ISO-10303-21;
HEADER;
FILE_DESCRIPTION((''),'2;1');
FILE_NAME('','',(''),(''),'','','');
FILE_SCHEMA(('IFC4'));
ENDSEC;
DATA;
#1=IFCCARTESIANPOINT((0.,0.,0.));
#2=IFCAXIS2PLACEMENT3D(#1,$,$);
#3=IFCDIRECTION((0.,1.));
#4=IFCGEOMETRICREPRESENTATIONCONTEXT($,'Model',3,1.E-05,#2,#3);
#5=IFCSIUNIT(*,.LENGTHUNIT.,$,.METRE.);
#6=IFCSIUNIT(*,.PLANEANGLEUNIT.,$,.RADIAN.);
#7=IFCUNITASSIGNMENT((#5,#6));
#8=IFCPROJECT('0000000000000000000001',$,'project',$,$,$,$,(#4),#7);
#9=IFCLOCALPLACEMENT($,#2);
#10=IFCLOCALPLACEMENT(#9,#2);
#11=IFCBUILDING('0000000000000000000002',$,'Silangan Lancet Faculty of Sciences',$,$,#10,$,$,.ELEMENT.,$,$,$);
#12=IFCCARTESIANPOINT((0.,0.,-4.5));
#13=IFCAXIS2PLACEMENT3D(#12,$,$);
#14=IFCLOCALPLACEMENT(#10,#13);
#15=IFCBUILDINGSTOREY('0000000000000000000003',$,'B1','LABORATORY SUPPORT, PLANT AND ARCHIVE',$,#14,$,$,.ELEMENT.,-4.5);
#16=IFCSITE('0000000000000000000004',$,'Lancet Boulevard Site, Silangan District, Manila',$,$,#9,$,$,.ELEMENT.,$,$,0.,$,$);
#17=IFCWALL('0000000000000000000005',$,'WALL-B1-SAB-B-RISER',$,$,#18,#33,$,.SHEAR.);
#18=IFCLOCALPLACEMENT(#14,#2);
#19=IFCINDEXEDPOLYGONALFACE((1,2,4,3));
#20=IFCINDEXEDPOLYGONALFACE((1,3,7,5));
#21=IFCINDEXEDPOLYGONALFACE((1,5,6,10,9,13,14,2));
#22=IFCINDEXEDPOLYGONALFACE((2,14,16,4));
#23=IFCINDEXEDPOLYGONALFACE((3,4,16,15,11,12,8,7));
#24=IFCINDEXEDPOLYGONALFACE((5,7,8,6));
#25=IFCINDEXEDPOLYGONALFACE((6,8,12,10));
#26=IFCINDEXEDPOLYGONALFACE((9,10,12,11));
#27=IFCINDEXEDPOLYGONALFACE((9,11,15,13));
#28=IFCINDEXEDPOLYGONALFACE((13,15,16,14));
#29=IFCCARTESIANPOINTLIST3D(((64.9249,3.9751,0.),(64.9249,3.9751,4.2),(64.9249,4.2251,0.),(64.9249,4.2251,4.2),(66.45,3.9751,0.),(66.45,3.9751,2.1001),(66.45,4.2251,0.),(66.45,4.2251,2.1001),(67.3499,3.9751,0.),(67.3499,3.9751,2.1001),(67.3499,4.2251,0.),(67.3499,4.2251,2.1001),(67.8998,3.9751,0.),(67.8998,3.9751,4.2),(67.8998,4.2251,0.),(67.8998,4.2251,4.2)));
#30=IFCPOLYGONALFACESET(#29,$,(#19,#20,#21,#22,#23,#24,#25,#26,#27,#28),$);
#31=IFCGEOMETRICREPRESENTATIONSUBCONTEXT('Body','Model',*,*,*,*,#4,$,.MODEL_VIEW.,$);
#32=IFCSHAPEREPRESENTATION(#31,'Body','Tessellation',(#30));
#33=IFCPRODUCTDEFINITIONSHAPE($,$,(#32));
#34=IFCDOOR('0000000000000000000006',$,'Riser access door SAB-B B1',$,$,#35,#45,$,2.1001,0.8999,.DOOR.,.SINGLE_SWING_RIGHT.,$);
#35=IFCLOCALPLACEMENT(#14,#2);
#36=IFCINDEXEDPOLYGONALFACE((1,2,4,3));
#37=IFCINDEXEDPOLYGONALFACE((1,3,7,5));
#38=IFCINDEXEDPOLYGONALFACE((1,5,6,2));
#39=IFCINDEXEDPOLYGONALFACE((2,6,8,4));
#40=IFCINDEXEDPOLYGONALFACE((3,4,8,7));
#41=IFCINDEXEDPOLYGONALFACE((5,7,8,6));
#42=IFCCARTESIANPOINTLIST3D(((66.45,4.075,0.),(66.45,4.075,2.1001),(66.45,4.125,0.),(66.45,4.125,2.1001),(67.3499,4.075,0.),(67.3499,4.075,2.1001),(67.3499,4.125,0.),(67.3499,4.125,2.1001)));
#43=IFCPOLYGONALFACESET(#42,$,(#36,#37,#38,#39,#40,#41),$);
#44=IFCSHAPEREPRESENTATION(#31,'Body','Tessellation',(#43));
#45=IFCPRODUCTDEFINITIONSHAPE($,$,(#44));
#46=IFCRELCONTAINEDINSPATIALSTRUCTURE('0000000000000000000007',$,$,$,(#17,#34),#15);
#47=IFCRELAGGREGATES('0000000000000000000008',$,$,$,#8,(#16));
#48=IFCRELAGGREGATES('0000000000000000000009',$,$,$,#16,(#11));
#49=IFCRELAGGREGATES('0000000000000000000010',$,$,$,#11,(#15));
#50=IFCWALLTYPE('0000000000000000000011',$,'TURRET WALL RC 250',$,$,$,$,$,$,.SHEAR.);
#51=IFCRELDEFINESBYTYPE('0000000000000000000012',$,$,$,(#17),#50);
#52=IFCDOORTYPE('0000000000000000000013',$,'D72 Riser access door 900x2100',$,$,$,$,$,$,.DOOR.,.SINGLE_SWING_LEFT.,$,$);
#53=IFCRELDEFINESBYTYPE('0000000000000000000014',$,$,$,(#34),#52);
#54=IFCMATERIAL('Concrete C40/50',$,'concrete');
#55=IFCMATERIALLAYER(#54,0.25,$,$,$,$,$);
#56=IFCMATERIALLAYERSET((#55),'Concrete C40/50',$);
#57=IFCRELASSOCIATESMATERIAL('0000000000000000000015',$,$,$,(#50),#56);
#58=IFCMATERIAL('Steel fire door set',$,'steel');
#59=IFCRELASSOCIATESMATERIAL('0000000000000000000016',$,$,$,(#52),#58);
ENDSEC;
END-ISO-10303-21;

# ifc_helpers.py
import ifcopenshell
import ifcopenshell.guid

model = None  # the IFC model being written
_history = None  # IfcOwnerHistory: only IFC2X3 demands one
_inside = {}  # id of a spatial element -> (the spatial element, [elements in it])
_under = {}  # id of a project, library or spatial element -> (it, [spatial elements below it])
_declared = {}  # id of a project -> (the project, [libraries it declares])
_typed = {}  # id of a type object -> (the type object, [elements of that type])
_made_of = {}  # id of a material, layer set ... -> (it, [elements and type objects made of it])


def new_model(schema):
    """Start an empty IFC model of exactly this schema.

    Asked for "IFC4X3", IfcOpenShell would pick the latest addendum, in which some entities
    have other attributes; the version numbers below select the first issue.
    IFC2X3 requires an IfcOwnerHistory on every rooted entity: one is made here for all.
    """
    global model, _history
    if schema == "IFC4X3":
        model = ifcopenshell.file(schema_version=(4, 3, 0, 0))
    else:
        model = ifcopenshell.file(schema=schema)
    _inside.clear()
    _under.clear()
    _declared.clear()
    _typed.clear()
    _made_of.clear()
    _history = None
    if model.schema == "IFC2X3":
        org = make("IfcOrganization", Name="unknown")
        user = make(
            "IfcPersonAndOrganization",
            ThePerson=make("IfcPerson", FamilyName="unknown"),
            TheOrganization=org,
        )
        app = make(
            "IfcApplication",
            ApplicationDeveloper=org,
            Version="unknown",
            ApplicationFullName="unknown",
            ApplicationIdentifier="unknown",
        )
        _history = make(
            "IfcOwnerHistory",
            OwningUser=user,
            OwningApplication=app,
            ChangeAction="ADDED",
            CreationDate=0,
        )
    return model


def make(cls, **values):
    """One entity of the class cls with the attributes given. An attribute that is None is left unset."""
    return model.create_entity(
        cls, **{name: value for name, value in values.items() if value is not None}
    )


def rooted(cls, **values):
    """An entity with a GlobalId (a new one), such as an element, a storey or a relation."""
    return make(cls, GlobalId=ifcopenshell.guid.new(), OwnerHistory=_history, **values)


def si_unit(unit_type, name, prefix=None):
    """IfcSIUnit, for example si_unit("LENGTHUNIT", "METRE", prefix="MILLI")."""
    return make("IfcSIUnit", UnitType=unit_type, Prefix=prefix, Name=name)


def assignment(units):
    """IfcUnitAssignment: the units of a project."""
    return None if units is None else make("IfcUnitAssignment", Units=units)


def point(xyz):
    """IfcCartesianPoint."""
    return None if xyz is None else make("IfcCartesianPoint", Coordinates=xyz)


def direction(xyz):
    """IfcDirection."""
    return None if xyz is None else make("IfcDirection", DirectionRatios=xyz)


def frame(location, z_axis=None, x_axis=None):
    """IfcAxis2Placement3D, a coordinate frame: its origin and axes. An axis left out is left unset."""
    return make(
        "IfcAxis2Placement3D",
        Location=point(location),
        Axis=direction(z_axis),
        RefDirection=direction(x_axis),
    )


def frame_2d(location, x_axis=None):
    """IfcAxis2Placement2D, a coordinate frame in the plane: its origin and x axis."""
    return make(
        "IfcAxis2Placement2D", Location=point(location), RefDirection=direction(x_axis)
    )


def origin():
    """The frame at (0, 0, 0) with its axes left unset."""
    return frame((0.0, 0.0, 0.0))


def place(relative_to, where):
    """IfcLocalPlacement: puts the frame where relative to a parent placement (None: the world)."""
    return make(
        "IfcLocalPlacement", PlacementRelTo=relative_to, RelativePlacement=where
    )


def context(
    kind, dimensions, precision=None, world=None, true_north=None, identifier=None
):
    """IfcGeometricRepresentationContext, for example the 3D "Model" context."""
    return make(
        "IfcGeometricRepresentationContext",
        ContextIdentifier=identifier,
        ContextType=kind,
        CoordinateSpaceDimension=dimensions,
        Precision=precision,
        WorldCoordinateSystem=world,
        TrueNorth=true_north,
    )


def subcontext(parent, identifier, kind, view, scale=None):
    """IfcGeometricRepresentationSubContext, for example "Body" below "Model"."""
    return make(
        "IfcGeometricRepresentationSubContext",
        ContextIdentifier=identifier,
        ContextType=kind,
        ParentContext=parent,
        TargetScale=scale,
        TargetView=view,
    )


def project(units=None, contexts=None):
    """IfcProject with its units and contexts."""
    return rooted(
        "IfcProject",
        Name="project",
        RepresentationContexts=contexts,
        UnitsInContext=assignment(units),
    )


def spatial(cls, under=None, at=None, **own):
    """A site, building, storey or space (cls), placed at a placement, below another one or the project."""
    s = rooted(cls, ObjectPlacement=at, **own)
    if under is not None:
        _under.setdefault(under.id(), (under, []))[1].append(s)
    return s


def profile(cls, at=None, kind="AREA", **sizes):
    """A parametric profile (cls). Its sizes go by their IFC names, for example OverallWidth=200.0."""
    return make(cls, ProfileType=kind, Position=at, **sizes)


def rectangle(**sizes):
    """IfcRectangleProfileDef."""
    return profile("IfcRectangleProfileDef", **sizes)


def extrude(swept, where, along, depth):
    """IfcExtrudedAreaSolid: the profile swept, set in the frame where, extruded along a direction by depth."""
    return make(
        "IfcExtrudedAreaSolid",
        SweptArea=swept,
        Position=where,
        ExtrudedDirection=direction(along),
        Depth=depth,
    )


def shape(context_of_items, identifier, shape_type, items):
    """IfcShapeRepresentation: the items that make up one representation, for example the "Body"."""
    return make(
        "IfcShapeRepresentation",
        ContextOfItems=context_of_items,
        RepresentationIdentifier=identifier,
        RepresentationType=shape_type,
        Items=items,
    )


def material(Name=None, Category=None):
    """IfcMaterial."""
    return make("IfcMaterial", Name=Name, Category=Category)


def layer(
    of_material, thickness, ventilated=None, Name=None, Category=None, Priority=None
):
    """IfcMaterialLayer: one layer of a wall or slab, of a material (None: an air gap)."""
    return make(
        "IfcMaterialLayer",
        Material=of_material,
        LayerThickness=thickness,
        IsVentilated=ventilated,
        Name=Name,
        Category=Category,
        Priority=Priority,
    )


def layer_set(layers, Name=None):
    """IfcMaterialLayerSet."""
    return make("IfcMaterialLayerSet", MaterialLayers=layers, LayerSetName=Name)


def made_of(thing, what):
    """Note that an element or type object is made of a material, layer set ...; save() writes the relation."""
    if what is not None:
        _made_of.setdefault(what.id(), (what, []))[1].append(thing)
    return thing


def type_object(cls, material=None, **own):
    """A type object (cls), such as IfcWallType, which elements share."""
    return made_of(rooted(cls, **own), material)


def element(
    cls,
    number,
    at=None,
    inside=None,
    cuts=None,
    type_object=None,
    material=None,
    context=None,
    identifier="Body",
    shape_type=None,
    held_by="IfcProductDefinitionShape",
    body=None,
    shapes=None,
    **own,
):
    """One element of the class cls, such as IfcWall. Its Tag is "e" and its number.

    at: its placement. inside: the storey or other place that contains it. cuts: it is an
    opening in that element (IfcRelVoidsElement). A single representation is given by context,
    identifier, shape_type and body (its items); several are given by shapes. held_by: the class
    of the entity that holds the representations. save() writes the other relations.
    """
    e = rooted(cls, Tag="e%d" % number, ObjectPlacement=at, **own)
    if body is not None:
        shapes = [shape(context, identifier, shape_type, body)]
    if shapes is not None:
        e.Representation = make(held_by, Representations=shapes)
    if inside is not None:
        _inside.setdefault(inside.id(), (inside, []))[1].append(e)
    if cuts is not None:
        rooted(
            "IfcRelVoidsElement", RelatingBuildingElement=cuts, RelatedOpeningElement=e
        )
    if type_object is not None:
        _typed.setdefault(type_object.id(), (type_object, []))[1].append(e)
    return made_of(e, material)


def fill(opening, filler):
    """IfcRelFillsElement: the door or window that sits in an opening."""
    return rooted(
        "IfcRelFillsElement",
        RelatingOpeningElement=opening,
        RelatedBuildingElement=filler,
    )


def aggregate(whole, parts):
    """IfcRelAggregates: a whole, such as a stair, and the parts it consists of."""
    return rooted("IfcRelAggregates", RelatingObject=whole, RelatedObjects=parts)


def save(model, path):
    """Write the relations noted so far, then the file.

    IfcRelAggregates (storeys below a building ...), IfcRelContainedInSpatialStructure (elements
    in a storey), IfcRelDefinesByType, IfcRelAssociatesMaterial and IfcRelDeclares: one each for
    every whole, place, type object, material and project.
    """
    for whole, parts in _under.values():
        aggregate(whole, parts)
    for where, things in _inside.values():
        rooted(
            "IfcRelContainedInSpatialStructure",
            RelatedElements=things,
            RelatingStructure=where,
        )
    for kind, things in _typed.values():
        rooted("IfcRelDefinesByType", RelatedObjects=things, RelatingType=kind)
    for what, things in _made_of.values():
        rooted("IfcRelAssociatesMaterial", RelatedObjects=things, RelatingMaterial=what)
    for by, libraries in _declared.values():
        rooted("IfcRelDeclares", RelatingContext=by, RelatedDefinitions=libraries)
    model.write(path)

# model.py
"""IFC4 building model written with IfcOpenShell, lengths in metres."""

from ifc_helpers import new_model, si_unit, direction, frame, frame_2d, origin, place, context, subcontext, project, spatial, rectangle, extrude, material, layer, layer_set, type_object, element, fill, save


model = new_model("IFC4")

# Units and contexts
model_context = context("Model", 3, precision=1e-05, world=origin(), true_north=direction((0.0, 1.0)))
body_context = subcontext(model_context, "Body", "Model", "MODEL_VIEW")
ifc_project = project(units=[si_unit("LENGTHUNIT", "METRE"), si_unit("PLANEANGLEUNIT", "RADIAN")], contexts=[model_context])

# Site, building, storey
site_placement = place(None, origin())
site = spatial("IfcSite", under=ifc_project, at=site_placement, Name="Lancet Boulevard Site, Silangan District, Manila", CompositionType="ELEMENT", RefElevation=0.0)
building_placement = place(site_placement, origin())
building = spatial("IfcBuilding", under=site, at=building_placement, Name="Silangan Lancet Faculty of Sciences", CompositionType="ELEMENT")
storey_placement = place(building_placement, frame((0.0, 0.0, -4.5)))
storey = spatial("IfcBuildingStorey", under=building, at=storey_placement, Name="B1", Description="LABORATORY SUPPORT, PLANT AND ARCHIVE", CompositionType="ELEMENT", Elevation=-4.5)

# Shared definitions
ifc_material_1 = material(Name="Concrete C40/50", Category="concrete")
ifc_layer_1 = layer(ifc_material_1, 0.25)
ifc_layer_set_1 = layer_set([ifc_layer_1], Name="Concrete C40/50")
wall_type_1 = type_object("IfcWallType", Name="TURRET WALL RC 250", PredefinedType="SHEAR", material=ifc_layer_set_1)

# Wall, opening, door
wall_1_placement = place(storey_placement, frame((64.925, 4.1001, 0.0), z_axis=(0.0, 0.0, 1.0), x_axis=(1.0, 0.0, 0.0)))
wall_1 = element("IfcWall", 1, at=wall_1_placement, inside=storey, type_object=wall_type_1, Name="WALL-B1-SAB-B-RISER", PredefinedType="SHEAR", context=body_context, shape_type="SweptSolid", body=[
    extrude(rectangle(XDim=2.9749, YDim=0.25, at=frame_2d((1.4873, 0.0))), origin(), (0.0, 0.0, 1.0), 4.2),
])
opening_placement = place(wall_1_placement, frame((1.5249, 0.0, 0.0)))
opening = element("IfcOpeningElement", 2, at=opening_placement, cuts=wall_1, PredefinedType="OPENING", context=body_context, shape_type="SweptSolid", body=[
    extrude(rectangle(XDim=0.8999, YDim=2.1001, at=frame_2d((0.45, 1.05))), frame((0.0, 0.135, 0.0), z_axis=(0.0, -1.0, 0.0), x_axis=(1.0, 0.0, 0.0)), (0.0, 0.0, 1.0), 0.27),
])
ifc_material_2 = material(Name="Steel fire door set", Category="steel")
door_type = type_object("IfcDoorType", Name="D72 Riser access door 900x2100", OperationType="SINGLE_SWING_LEFT", PredefinedType="DOOR", material=ifc_material_2)
door_placement = place(opening_placement, frame((0.8999, 0.0, 0.0), z_axis=(0.0, 0.0, 1.0), x_axis=(-1.0, 0.0, 0.0)))
door = element("IfcDoor", 3, at=door_placement, inside=storey, type_object=door_type, Name="Riser access door SAB-B B1", OperationType="SINGLE_SWING_RIGHT", OverallHeight=2.1001, OverallWidth=0.8999, PredefinedType="DOOR", context=body_context, shape_type="SweptSolid", body=[
    extrude(rectangle(XDim=0.8999, YDim=2.1001, at=frame_2d((0.45, 1.05))), frame((0.0, 0.0251, 0.0), z_axis=(0.0, -1.0, 0.0), x_axis=(1.0, 0.0, 0.0)), (0.0, 0.0, 1.0), 0.05),
])
fill(opening, door)

save(model, "model.ifc")
